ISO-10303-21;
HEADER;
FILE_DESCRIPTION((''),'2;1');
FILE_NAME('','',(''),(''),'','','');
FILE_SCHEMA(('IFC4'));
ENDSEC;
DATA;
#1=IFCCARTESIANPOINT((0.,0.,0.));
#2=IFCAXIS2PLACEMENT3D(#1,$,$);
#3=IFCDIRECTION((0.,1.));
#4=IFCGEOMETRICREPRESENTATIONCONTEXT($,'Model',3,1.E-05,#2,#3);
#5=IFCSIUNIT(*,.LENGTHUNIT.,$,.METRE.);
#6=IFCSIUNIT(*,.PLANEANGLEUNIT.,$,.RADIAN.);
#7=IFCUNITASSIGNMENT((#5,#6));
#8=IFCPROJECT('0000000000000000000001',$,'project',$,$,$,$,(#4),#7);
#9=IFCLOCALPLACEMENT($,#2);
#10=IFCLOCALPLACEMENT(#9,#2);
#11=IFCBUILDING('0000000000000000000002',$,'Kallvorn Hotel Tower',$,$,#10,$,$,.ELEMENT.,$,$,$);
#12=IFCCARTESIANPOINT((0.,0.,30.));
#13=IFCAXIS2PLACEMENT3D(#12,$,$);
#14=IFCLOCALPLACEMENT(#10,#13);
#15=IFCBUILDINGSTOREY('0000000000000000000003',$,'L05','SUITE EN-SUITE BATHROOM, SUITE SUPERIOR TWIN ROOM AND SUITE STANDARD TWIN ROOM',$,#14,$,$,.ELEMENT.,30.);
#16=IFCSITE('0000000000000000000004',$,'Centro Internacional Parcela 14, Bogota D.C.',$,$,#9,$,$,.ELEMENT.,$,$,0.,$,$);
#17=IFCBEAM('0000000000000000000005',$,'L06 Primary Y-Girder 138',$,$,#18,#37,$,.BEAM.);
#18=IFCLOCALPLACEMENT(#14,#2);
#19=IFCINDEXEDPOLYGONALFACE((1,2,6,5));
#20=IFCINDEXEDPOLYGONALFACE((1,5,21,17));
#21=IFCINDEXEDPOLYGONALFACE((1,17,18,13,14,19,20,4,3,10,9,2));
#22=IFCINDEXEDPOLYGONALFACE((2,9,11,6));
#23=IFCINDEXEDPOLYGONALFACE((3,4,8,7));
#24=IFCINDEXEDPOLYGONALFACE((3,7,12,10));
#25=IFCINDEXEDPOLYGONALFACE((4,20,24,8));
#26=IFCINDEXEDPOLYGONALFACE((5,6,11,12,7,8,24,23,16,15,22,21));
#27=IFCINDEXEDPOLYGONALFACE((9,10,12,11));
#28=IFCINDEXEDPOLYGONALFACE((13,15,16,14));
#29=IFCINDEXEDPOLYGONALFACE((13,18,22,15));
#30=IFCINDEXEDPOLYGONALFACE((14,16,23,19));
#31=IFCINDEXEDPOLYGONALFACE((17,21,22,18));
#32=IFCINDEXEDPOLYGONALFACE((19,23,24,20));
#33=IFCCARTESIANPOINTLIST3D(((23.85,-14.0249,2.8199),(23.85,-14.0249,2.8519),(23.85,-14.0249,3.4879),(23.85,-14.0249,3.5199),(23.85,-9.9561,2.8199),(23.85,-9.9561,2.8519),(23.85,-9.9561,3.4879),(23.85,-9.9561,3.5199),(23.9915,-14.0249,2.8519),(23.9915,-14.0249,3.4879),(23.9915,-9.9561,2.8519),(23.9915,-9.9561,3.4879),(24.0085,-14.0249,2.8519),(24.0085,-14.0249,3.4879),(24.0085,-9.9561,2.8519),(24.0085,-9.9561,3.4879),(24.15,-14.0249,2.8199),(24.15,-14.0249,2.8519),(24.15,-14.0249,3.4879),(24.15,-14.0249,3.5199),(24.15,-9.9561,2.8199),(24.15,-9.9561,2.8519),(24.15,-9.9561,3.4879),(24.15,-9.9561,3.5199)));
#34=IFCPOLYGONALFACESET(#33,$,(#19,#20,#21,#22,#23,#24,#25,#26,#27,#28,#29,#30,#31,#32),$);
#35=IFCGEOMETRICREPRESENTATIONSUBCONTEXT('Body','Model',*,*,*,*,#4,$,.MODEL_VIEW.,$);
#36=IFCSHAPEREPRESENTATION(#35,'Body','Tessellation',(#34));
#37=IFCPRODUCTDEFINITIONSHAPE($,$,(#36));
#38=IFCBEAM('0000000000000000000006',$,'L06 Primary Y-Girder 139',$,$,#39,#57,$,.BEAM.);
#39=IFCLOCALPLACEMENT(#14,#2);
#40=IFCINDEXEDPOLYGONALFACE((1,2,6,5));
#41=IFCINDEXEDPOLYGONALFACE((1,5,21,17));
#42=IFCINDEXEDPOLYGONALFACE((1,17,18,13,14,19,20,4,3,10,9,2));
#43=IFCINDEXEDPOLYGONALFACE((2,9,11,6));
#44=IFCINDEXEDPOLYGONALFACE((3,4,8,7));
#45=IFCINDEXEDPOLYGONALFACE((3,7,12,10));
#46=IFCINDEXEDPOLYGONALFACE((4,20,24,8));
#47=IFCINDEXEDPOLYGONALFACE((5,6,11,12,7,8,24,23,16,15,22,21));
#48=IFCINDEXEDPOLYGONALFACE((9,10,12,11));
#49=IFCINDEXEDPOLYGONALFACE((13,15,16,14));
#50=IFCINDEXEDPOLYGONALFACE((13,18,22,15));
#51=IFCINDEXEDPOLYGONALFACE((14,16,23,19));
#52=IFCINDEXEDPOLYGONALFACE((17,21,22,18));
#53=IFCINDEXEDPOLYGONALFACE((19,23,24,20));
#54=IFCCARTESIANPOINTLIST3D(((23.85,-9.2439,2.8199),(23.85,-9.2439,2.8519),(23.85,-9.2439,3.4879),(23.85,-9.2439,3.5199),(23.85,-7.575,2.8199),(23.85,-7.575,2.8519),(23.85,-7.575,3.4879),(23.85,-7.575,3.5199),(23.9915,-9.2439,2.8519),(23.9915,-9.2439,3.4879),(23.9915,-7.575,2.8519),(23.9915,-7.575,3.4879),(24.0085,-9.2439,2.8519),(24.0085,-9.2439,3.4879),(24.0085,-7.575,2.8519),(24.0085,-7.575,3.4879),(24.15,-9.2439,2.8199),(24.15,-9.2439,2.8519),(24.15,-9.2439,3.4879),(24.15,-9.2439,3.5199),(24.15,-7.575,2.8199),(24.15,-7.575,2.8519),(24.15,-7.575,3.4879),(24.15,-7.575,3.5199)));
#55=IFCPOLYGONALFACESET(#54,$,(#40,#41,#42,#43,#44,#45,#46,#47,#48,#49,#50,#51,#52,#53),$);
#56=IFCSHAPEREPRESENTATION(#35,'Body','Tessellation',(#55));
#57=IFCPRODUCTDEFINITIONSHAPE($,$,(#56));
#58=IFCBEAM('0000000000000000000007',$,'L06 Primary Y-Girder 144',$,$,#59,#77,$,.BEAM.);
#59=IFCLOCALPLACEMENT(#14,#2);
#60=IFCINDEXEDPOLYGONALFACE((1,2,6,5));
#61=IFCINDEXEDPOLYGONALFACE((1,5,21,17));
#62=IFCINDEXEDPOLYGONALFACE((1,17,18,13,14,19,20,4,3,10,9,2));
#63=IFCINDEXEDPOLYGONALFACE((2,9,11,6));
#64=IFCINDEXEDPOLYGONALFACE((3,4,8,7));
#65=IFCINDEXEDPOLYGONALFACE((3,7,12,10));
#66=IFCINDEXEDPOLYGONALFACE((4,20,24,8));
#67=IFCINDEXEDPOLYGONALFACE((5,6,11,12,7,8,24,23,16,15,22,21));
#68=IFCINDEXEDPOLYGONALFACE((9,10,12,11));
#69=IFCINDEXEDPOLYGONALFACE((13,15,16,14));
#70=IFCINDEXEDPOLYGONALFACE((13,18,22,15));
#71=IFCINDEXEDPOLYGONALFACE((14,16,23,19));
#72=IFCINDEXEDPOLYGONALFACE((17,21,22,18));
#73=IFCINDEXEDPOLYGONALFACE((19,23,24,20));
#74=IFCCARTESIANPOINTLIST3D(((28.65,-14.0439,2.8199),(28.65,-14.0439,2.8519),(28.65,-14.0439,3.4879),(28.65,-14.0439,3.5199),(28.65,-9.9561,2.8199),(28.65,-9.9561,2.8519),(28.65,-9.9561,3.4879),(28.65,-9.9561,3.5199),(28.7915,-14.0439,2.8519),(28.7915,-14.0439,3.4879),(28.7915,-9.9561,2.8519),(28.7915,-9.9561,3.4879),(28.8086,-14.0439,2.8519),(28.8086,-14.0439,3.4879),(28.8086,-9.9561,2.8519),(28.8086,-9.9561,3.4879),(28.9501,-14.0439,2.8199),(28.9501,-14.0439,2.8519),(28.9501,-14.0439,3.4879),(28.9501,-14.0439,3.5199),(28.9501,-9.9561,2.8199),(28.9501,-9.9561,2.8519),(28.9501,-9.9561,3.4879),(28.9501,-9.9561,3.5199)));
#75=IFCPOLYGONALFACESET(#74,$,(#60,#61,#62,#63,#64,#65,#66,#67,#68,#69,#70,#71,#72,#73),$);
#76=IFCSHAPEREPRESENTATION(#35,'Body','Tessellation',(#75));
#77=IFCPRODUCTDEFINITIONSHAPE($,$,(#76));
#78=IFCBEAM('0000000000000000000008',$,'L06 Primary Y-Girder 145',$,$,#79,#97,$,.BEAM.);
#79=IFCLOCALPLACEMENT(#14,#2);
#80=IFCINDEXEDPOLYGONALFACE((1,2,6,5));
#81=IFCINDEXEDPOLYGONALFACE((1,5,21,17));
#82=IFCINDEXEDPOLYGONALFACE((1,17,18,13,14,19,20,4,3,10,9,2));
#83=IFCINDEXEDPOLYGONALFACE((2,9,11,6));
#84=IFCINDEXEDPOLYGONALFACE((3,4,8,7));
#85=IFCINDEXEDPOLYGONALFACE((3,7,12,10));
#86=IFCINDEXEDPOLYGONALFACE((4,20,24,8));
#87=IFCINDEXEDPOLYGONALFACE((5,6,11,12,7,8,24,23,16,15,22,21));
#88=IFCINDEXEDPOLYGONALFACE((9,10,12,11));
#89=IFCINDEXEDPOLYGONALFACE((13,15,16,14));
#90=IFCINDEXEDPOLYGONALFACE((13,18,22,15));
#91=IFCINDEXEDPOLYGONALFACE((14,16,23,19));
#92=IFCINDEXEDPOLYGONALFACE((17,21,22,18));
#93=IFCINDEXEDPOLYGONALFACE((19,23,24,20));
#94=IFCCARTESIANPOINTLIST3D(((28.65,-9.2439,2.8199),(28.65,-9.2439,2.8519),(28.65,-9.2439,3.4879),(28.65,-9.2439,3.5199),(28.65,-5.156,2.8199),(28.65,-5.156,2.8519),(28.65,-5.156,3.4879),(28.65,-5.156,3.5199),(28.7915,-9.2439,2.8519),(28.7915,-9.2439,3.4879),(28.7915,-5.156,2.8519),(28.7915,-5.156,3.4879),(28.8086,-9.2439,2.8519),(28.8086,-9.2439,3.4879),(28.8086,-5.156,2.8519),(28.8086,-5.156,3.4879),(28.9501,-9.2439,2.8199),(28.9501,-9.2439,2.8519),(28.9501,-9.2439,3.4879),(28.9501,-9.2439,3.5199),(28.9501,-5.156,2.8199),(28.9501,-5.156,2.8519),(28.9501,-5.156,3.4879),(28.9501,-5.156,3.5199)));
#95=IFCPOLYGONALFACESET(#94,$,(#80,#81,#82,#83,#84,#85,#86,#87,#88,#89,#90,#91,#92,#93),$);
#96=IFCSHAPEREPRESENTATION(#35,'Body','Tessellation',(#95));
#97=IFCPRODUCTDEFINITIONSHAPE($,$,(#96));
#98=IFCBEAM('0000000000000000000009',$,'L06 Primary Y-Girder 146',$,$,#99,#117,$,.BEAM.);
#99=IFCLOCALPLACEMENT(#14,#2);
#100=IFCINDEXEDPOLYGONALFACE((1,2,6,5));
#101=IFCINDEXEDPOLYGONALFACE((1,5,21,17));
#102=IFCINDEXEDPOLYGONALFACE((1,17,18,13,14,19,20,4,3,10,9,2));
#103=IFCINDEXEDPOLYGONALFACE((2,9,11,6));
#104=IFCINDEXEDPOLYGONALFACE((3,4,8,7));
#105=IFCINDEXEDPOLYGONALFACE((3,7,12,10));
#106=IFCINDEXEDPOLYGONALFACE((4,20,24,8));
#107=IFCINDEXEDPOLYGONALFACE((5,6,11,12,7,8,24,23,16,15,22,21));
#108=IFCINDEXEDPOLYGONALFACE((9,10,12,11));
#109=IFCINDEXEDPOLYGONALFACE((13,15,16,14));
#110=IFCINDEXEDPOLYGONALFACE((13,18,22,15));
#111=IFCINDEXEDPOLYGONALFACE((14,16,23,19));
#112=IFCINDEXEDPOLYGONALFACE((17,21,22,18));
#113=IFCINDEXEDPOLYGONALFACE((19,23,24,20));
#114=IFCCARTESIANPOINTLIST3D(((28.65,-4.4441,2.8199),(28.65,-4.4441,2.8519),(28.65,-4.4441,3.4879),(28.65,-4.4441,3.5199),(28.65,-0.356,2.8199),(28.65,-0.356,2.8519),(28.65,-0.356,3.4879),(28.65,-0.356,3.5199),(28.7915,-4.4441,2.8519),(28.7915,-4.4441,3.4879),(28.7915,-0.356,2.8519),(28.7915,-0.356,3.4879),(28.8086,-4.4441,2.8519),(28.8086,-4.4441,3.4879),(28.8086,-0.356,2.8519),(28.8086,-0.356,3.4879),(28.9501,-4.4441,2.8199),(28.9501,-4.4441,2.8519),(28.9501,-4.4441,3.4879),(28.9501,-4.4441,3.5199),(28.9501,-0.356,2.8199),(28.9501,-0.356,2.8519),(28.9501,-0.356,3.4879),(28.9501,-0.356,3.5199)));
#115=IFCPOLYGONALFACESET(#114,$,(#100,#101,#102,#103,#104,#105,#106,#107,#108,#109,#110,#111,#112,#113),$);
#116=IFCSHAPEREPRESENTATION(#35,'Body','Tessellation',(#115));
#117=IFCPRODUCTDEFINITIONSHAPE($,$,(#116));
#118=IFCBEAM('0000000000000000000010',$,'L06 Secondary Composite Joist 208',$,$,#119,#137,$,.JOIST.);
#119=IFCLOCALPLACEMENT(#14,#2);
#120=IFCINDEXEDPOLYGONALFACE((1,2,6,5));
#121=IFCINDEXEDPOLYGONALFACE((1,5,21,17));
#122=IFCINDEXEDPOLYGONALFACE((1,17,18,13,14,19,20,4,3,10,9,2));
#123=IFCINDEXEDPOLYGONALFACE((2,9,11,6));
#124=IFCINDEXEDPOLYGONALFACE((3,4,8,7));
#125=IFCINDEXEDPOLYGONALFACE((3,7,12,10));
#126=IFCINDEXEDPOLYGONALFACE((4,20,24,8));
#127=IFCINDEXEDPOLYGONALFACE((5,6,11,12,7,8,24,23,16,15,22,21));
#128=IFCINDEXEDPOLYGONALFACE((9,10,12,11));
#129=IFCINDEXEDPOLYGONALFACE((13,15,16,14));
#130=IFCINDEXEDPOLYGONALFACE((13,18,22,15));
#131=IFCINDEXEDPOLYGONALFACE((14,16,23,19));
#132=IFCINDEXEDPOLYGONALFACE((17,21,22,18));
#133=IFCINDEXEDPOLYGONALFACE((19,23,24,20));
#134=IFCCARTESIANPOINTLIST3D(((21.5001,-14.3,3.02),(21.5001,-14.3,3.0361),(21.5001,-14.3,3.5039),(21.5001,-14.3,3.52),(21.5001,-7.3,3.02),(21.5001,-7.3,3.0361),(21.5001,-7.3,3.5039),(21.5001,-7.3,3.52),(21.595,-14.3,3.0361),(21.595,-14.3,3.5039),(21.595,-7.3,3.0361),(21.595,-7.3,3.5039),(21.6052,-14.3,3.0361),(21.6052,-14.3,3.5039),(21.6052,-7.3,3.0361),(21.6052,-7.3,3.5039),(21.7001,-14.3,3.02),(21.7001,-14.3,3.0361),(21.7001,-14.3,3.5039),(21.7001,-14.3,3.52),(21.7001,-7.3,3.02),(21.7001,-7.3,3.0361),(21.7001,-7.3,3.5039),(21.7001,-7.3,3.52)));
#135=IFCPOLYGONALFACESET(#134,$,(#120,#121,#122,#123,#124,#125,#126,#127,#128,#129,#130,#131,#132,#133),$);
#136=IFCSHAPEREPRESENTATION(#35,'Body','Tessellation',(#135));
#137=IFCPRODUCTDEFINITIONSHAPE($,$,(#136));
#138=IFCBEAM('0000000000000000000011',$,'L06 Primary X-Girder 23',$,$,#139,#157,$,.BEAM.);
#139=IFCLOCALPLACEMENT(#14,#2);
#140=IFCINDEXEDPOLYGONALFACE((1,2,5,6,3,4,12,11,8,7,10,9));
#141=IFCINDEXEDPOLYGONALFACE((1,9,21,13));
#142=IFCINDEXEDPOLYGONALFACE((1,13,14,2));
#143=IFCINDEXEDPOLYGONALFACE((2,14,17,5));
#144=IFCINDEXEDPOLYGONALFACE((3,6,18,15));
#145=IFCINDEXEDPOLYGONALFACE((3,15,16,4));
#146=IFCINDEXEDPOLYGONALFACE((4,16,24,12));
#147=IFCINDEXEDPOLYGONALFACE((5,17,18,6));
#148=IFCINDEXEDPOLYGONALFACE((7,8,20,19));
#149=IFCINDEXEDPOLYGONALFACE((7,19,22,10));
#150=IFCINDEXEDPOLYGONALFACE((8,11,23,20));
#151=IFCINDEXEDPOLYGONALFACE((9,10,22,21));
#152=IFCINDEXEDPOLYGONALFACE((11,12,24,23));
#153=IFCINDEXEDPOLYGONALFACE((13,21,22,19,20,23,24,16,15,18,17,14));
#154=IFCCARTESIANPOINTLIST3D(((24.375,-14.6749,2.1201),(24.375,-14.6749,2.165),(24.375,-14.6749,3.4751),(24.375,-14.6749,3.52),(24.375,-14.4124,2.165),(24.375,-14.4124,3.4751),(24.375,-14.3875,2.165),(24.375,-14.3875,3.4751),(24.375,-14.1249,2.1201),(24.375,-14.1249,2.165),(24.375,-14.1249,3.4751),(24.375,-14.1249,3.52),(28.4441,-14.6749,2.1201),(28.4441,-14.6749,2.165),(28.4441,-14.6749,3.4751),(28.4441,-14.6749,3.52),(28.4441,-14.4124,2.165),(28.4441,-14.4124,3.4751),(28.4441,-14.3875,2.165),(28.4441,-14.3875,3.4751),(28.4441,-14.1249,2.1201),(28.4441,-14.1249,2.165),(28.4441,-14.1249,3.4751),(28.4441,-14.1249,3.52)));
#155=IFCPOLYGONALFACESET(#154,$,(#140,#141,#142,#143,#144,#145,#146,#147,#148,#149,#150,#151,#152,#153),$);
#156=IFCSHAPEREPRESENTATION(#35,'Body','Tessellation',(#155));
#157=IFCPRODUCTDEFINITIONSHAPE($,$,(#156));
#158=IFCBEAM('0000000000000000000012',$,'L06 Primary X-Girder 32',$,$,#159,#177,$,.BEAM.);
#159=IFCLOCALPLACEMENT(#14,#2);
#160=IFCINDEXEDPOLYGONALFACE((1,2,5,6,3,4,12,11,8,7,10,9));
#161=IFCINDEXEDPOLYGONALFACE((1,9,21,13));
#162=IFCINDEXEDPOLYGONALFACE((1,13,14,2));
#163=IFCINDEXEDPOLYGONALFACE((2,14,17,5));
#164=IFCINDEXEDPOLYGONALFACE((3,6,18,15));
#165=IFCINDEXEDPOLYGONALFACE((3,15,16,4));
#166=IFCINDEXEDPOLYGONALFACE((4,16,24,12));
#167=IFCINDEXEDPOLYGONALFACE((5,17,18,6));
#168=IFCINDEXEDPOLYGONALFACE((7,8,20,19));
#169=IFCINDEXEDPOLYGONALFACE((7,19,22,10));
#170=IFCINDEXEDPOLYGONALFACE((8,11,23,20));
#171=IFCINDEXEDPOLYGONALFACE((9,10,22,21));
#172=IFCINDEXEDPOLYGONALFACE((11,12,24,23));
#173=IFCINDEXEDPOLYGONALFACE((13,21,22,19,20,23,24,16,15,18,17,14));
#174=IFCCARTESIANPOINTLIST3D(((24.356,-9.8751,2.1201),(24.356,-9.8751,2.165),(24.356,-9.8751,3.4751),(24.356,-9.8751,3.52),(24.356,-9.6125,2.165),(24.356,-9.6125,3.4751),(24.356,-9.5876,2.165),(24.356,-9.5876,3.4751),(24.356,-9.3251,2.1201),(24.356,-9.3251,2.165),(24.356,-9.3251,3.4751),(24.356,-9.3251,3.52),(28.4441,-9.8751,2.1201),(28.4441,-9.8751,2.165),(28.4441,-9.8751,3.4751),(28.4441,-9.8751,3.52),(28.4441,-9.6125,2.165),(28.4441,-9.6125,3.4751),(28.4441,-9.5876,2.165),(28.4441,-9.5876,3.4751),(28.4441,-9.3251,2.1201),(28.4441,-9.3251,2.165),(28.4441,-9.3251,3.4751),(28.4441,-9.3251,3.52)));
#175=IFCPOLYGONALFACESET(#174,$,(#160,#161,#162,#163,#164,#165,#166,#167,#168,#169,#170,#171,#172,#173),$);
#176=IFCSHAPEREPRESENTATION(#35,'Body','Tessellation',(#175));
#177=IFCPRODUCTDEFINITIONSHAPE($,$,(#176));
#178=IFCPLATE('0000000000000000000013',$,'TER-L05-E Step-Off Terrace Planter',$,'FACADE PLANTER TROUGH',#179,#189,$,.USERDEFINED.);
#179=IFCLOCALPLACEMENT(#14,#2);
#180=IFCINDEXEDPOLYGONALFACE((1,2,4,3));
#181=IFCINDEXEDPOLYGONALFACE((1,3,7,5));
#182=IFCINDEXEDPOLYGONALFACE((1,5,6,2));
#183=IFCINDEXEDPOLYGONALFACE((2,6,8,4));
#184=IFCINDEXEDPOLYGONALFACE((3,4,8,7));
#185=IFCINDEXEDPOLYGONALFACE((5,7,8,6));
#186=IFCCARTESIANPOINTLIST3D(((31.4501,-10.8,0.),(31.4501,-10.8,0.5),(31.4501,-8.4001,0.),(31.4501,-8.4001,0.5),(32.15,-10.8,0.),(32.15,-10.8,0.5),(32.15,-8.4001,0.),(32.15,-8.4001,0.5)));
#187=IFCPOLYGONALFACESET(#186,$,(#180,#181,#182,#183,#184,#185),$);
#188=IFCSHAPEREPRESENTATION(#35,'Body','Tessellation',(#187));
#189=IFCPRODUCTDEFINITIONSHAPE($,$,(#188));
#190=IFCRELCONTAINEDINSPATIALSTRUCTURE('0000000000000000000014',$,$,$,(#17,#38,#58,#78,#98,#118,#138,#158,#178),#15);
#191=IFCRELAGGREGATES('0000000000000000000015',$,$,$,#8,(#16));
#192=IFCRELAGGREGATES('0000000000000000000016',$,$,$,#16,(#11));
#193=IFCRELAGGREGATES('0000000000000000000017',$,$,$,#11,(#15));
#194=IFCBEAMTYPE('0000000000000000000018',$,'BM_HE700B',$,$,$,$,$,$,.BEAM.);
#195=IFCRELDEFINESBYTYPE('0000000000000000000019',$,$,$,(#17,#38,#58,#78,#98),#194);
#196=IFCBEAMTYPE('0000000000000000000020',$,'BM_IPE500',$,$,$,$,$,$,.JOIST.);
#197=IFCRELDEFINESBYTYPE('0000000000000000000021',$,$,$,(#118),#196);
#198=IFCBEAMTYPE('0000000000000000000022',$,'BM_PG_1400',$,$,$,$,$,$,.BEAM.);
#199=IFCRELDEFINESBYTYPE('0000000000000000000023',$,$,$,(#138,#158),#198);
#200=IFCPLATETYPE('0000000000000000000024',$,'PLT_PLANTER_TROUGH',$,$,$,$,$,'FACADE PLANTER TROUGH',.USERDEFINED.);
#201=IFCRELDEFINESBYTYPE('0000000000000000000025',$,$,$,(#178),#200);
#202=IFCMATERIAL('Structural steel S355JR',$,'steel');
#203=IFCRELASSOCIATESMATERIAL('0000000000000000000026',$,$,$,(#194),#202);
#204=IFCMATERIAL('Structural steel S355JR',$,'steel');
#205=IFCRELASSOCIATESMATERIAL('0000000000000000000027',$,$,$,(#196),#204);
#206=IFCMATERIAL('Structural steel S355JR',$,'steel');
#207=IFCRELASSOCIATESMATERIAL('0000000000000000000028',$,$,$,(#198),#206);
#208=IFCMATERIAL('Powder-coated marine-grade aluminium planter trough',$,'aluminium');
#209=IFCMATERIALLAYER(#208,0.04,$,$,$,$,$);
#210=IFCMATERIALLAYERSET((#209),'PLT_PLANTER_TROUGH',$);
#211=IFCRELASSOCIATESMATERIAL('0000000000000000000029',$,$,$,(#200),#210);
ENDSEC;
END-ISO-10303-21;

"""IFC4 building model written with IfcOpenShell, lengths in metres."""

from ifc_helpers import new_model, si_unit, direction, frame, origin, origin_2d, place, context, subcontext, project, spatial, rectangle, i_section, extrude, material, layer, layer_set, material_profile, profile_set, type_object, element, save


model = new_model("IFC4")

# Units and contexts
model_context = context("Model", 3, precision=1e-05, world=origin(), true_north=direction((0.0, 1.0)))
body_context = subcontext(model_context, "Body", "Model", "MODEL_VIEW")
ifc_project = project(units=[si_unit("LENGTHUNIT", "METRE"), si_unit("PLANEANGLEUNIT", "RADIAN")], contexts=[model_context])

# Site, building, storey
site_placement = place(None, origin())
site = spatial("IfcSite", under=ifc_project, at=site_placement, Name="Centro Internacional Parcela 14, Bogota D.C.", CompositionType="ELEMENT", RefElevation=0.0)
building_placement = place(site_placement, origin())
building = spatial("IfcBuilding", under=site, at=building_placement, Name="Kallvorn Hotel Tower", CompositionType="ELEMENT")
storey_placement = place(building_placement, frame((0.0, 0.0, 30.0)))
storey = spatial("IfcBuildingStorey", under=building, at=storey_placement, Name="L05", Description="SUITE EN-SUITE BATHROOM, SUITE SUPERIOR TWIN ROOM AND SUITE STANDARD TWIN ROOM", CompositionType="ELEMENT", Elevation=30.0)

# Beams
ifc_material_1 = material(Name="Structural steel S355JR", Category="steel")
ifc_material_profile_1 = material_profile(ifc_material_1, i_section(OverallWidth=0.3, OverallDepth=0.7, WebThickness=0.0171, FlangeThickness=0.032, at=origin_2d()), Name="HE 700 B")
ifc_profile_set_1 = profile_set([ifc_material_profile_1], Name="Structural steel S355JR")
beam_type_1 = type_object("IfcBeamType", Name="BM_HE700B", PredefinedType="BEAM", material=ifc_profile_set_1)
beam_1_placement = place(storey_placement, frame((24.0, -14.0249, 3.1699), z_axis=(0.0, 1.0, 0.0), x_axis=(-1.0, 0.0, 0.0)))
element("IfcBeam", 1, at=beam_1_placement, inside=storey, type_object=beam_type_1, Name="L06 Primary Y-Girder 138", PredefinedType="BEAM", context=body_context, shape_type="SweptSolid", body=[
    extrude(i_section(OverallWidth=0.3, OverallDepth=0.7, WebThickness=0.0171, FlangeThickness=0.032, at=origin_2d()), origin(), (0.0, 0.0, 1.0), 4.0688),
])
beam_2_placement = place(storey_placement, frame((24.0, -9.2439, 3.1699), z_axis=(0.0, 1.0, 0.0), x_axis=(-1.0, 0.0, 0.0)))
element("IfcBeam", 2, at=beam_2_placement, inside=storey, type_object=beam_type_1, Name="L06 Primary Y-Girder 139", PredefinedType="BEAM", context=body_context, shape_type="SweptSolid", body=[
    extrude(i_section(OverallWidth=0.3, OverallDepth=0.7, WebThickness=0.0171, FlangeThickness=0.032, at=origin_2d()), origin(), (0.0, 0.0, 1.0), 1.6689),
])
for number, where, z_axis, x_axis, name in (
    (3, (28.8, -14.0439, 3.1699), (0.0, 1.0, 0.0), (-1.0, 0.0, 0.0), "L06 Primary Y-Girder 144"),
    (4, (28.8, -9.2439, 3.1699), (0.0, 1.0, 0.0), (-1.0, 0.0, 0.0), "L06 Primary Y-Girder 145"),
):
    element("IfcBeam", number, at=place(storey_placement, frame(where, z_axis=z_axis, x_axis=x_axis)), inside=storey, type_object=beam_type_1, Name=name, PredefinedType="BEAM", context=body_context, shape_type="SweptSolid", body=[
        extrude(i_section(OverallWidth=0.3, OverallDepth=0.7, WebThickness=0.0171, FlangeThickness=0.032, at=origin_2d()), origin(), (0.0, 0.0, 1.0), 4.0879),
    ])
beam_3_placement = place(storey_placement, frame((28.8, -4.4441, 3.1699), z_axis=(0.0, 1.0, 0.0), x_axis=(-1.0, 0.0, 0.0)))
element("IfcBeam", 5, at=beam_3_placement, inside=storey, type_object=beam_type_1, Name="L06 Primary Y-Girder 146", PredefinedType="BEAM", context=body_context, shape_type="SweptSolid", body=[
    extrude(i_section(OverallWidth=0.3, OverallDepth=0.7, WebThickness=0.0171, FlangeThickness=0.032, at=origin_2d()), origin(), (0.0, 0.0, 1.0), 4.0881),
])
ifc_material_2 = material(Name="Structural steel S355JR", Category="steel")
ifc_material_profile_2 = material_profile(ifc_material_2, i_section(OverallWidth=0.2, OverallDepth=0.5, WebThickness=0.0103, FlangeThickness=0.0161, at=origin_2d()), Name="IPE 500")
ifc_profile_set_2 = profile_set([ifc_material_profile_2], Name="Structural steel S355JR")
beam_type_2 = type_object("IfcBeamType", Name="BM_IPE500", PredefinedType="JOIST", material=ifc_profile_set_2)
beam_4_placement = place(storey_placement, frame((21.6001, -14.3, 3.27), z_axis=(0.0, 1.0, 0.0), x_axis=(-1.0, 0.0, 0.0)))
element("IfcBeam", 6, at=beam_4_placement, inside=storey, type_object=beam_type_2, Name="L06 Secondary Composite Joist 208", PredefinedType="JOIST", context=body_context, shape_type="SweptSolid", body=[
    extrude(i_section(OverallWidth=0.2, OverallDepth=0.5, WebThickness=0.0103, FlangeThickness=0.0161, at=origin_2d()), origin(), (0.0, 0.0, 1.0), 7.0),
])
ifc_material_3 = material(Name="Structural steel S355JR", Category="steel")
ifc_material_profile_3 = material_profile(ifc_material_3, i_section(OverallWidth=0.55, OverallDepth=1.3999, WebThickness=0.0249, FlangeThickness=0.0449, at=origin_2d()), Name="PG 1400x550x25x45")
ifc_profile_set_3 = profile_set([ifc_material_profile_3], Name="Structural steel S355JR")
beam_type_3 = type_object("IfcBeamType", Name="BM_PG_1400", PredefinedType="BEAM", material=ifc_profile_set_3)
beam_5_placement = place(storey_placement, frame((24.375, -14.3999, 2.8201), z_axis=(1.0, 0.0, 0.0), x_axis=(0.0, 1.0, 0.0)))
element("IfcBeam", 7, at=beam_5_placement, inside=storey, type_object=beam_type_3, Name="L06 Primary X-Girder 23", PredefinedType="BEAM", context=body_context, shape_type="SweptSolid", body=[
    extrude(i_section(OverallWidth=0.55, OverallDepth=1.3999, WebThickness=0.0249, FlangeThickness=0.0449, at=origin_2d()), origin(), (0.0, 0.0, 1.0), 4.0691),
])
beam_6_placement = place(storey_placement, frame((24.356, -9.6001, 2.8201), z_axis=(1.0, 0.0, 0.0), x_axis=(0.0, 1.0, 0.0)))
element("IfcBeam", 8, at=beam_6_placement, inside=storey, type_object=beam_type_3, Name="L06 Primary X-Girder 32", PredefinedType="BEAM", context=body_context, shape_type="SweptSolid", body=[
    extrude(i_section(OverallWidth=0.55, OverallDepth=1.3999, WebThickness=0.0249, FlangeThickness=0.0449, at=origin_2d()), origin(), (0.0, 0.0, 1.0), 4.0881),
])

# Plate
ifc_material_4 = material(Name="Powder-coated marine-grade aluminium planter trough", Category="aluminium")
ifc_layer_1 = layer(ifc_material_4, 0.04)
ifc_layer_set_1 = layer_set([ifc_layer_1], Name="PLT_PLANTER_TROUGH")
plate_type = type_object("IfcPlateType", Name="PLT_PLANTER_TROUGH", ElementType="FACADE PLANTER TROUGH", PredefinedType="USERDEFINED", material=ifc_layer_set_1)
plate_placement = place(storey_placement, frame((31.8, -9.6001, 0.0), z_axis=(0.0, 0.0, 1.0), x_axis=(0.0, 1.0, 0.0)))
element("IfcPlate", 9, at=plate_placement, inside=storey, type_object=plate_type, Name="TER-L05-E Step-Off Terrace Planter", ObjectType="FACADE PLANTER TROUGH", PredefinedType="USERDEFINED", context=body_context, shape_type="SweptSolid", body=[
    extrude(rectangle(XDim=2.3999, YDim=0.7, at=origin_2d()), origin(), (0.0, 0.0, 1.0), 0.5),
])

save(model, "model.ifc")
